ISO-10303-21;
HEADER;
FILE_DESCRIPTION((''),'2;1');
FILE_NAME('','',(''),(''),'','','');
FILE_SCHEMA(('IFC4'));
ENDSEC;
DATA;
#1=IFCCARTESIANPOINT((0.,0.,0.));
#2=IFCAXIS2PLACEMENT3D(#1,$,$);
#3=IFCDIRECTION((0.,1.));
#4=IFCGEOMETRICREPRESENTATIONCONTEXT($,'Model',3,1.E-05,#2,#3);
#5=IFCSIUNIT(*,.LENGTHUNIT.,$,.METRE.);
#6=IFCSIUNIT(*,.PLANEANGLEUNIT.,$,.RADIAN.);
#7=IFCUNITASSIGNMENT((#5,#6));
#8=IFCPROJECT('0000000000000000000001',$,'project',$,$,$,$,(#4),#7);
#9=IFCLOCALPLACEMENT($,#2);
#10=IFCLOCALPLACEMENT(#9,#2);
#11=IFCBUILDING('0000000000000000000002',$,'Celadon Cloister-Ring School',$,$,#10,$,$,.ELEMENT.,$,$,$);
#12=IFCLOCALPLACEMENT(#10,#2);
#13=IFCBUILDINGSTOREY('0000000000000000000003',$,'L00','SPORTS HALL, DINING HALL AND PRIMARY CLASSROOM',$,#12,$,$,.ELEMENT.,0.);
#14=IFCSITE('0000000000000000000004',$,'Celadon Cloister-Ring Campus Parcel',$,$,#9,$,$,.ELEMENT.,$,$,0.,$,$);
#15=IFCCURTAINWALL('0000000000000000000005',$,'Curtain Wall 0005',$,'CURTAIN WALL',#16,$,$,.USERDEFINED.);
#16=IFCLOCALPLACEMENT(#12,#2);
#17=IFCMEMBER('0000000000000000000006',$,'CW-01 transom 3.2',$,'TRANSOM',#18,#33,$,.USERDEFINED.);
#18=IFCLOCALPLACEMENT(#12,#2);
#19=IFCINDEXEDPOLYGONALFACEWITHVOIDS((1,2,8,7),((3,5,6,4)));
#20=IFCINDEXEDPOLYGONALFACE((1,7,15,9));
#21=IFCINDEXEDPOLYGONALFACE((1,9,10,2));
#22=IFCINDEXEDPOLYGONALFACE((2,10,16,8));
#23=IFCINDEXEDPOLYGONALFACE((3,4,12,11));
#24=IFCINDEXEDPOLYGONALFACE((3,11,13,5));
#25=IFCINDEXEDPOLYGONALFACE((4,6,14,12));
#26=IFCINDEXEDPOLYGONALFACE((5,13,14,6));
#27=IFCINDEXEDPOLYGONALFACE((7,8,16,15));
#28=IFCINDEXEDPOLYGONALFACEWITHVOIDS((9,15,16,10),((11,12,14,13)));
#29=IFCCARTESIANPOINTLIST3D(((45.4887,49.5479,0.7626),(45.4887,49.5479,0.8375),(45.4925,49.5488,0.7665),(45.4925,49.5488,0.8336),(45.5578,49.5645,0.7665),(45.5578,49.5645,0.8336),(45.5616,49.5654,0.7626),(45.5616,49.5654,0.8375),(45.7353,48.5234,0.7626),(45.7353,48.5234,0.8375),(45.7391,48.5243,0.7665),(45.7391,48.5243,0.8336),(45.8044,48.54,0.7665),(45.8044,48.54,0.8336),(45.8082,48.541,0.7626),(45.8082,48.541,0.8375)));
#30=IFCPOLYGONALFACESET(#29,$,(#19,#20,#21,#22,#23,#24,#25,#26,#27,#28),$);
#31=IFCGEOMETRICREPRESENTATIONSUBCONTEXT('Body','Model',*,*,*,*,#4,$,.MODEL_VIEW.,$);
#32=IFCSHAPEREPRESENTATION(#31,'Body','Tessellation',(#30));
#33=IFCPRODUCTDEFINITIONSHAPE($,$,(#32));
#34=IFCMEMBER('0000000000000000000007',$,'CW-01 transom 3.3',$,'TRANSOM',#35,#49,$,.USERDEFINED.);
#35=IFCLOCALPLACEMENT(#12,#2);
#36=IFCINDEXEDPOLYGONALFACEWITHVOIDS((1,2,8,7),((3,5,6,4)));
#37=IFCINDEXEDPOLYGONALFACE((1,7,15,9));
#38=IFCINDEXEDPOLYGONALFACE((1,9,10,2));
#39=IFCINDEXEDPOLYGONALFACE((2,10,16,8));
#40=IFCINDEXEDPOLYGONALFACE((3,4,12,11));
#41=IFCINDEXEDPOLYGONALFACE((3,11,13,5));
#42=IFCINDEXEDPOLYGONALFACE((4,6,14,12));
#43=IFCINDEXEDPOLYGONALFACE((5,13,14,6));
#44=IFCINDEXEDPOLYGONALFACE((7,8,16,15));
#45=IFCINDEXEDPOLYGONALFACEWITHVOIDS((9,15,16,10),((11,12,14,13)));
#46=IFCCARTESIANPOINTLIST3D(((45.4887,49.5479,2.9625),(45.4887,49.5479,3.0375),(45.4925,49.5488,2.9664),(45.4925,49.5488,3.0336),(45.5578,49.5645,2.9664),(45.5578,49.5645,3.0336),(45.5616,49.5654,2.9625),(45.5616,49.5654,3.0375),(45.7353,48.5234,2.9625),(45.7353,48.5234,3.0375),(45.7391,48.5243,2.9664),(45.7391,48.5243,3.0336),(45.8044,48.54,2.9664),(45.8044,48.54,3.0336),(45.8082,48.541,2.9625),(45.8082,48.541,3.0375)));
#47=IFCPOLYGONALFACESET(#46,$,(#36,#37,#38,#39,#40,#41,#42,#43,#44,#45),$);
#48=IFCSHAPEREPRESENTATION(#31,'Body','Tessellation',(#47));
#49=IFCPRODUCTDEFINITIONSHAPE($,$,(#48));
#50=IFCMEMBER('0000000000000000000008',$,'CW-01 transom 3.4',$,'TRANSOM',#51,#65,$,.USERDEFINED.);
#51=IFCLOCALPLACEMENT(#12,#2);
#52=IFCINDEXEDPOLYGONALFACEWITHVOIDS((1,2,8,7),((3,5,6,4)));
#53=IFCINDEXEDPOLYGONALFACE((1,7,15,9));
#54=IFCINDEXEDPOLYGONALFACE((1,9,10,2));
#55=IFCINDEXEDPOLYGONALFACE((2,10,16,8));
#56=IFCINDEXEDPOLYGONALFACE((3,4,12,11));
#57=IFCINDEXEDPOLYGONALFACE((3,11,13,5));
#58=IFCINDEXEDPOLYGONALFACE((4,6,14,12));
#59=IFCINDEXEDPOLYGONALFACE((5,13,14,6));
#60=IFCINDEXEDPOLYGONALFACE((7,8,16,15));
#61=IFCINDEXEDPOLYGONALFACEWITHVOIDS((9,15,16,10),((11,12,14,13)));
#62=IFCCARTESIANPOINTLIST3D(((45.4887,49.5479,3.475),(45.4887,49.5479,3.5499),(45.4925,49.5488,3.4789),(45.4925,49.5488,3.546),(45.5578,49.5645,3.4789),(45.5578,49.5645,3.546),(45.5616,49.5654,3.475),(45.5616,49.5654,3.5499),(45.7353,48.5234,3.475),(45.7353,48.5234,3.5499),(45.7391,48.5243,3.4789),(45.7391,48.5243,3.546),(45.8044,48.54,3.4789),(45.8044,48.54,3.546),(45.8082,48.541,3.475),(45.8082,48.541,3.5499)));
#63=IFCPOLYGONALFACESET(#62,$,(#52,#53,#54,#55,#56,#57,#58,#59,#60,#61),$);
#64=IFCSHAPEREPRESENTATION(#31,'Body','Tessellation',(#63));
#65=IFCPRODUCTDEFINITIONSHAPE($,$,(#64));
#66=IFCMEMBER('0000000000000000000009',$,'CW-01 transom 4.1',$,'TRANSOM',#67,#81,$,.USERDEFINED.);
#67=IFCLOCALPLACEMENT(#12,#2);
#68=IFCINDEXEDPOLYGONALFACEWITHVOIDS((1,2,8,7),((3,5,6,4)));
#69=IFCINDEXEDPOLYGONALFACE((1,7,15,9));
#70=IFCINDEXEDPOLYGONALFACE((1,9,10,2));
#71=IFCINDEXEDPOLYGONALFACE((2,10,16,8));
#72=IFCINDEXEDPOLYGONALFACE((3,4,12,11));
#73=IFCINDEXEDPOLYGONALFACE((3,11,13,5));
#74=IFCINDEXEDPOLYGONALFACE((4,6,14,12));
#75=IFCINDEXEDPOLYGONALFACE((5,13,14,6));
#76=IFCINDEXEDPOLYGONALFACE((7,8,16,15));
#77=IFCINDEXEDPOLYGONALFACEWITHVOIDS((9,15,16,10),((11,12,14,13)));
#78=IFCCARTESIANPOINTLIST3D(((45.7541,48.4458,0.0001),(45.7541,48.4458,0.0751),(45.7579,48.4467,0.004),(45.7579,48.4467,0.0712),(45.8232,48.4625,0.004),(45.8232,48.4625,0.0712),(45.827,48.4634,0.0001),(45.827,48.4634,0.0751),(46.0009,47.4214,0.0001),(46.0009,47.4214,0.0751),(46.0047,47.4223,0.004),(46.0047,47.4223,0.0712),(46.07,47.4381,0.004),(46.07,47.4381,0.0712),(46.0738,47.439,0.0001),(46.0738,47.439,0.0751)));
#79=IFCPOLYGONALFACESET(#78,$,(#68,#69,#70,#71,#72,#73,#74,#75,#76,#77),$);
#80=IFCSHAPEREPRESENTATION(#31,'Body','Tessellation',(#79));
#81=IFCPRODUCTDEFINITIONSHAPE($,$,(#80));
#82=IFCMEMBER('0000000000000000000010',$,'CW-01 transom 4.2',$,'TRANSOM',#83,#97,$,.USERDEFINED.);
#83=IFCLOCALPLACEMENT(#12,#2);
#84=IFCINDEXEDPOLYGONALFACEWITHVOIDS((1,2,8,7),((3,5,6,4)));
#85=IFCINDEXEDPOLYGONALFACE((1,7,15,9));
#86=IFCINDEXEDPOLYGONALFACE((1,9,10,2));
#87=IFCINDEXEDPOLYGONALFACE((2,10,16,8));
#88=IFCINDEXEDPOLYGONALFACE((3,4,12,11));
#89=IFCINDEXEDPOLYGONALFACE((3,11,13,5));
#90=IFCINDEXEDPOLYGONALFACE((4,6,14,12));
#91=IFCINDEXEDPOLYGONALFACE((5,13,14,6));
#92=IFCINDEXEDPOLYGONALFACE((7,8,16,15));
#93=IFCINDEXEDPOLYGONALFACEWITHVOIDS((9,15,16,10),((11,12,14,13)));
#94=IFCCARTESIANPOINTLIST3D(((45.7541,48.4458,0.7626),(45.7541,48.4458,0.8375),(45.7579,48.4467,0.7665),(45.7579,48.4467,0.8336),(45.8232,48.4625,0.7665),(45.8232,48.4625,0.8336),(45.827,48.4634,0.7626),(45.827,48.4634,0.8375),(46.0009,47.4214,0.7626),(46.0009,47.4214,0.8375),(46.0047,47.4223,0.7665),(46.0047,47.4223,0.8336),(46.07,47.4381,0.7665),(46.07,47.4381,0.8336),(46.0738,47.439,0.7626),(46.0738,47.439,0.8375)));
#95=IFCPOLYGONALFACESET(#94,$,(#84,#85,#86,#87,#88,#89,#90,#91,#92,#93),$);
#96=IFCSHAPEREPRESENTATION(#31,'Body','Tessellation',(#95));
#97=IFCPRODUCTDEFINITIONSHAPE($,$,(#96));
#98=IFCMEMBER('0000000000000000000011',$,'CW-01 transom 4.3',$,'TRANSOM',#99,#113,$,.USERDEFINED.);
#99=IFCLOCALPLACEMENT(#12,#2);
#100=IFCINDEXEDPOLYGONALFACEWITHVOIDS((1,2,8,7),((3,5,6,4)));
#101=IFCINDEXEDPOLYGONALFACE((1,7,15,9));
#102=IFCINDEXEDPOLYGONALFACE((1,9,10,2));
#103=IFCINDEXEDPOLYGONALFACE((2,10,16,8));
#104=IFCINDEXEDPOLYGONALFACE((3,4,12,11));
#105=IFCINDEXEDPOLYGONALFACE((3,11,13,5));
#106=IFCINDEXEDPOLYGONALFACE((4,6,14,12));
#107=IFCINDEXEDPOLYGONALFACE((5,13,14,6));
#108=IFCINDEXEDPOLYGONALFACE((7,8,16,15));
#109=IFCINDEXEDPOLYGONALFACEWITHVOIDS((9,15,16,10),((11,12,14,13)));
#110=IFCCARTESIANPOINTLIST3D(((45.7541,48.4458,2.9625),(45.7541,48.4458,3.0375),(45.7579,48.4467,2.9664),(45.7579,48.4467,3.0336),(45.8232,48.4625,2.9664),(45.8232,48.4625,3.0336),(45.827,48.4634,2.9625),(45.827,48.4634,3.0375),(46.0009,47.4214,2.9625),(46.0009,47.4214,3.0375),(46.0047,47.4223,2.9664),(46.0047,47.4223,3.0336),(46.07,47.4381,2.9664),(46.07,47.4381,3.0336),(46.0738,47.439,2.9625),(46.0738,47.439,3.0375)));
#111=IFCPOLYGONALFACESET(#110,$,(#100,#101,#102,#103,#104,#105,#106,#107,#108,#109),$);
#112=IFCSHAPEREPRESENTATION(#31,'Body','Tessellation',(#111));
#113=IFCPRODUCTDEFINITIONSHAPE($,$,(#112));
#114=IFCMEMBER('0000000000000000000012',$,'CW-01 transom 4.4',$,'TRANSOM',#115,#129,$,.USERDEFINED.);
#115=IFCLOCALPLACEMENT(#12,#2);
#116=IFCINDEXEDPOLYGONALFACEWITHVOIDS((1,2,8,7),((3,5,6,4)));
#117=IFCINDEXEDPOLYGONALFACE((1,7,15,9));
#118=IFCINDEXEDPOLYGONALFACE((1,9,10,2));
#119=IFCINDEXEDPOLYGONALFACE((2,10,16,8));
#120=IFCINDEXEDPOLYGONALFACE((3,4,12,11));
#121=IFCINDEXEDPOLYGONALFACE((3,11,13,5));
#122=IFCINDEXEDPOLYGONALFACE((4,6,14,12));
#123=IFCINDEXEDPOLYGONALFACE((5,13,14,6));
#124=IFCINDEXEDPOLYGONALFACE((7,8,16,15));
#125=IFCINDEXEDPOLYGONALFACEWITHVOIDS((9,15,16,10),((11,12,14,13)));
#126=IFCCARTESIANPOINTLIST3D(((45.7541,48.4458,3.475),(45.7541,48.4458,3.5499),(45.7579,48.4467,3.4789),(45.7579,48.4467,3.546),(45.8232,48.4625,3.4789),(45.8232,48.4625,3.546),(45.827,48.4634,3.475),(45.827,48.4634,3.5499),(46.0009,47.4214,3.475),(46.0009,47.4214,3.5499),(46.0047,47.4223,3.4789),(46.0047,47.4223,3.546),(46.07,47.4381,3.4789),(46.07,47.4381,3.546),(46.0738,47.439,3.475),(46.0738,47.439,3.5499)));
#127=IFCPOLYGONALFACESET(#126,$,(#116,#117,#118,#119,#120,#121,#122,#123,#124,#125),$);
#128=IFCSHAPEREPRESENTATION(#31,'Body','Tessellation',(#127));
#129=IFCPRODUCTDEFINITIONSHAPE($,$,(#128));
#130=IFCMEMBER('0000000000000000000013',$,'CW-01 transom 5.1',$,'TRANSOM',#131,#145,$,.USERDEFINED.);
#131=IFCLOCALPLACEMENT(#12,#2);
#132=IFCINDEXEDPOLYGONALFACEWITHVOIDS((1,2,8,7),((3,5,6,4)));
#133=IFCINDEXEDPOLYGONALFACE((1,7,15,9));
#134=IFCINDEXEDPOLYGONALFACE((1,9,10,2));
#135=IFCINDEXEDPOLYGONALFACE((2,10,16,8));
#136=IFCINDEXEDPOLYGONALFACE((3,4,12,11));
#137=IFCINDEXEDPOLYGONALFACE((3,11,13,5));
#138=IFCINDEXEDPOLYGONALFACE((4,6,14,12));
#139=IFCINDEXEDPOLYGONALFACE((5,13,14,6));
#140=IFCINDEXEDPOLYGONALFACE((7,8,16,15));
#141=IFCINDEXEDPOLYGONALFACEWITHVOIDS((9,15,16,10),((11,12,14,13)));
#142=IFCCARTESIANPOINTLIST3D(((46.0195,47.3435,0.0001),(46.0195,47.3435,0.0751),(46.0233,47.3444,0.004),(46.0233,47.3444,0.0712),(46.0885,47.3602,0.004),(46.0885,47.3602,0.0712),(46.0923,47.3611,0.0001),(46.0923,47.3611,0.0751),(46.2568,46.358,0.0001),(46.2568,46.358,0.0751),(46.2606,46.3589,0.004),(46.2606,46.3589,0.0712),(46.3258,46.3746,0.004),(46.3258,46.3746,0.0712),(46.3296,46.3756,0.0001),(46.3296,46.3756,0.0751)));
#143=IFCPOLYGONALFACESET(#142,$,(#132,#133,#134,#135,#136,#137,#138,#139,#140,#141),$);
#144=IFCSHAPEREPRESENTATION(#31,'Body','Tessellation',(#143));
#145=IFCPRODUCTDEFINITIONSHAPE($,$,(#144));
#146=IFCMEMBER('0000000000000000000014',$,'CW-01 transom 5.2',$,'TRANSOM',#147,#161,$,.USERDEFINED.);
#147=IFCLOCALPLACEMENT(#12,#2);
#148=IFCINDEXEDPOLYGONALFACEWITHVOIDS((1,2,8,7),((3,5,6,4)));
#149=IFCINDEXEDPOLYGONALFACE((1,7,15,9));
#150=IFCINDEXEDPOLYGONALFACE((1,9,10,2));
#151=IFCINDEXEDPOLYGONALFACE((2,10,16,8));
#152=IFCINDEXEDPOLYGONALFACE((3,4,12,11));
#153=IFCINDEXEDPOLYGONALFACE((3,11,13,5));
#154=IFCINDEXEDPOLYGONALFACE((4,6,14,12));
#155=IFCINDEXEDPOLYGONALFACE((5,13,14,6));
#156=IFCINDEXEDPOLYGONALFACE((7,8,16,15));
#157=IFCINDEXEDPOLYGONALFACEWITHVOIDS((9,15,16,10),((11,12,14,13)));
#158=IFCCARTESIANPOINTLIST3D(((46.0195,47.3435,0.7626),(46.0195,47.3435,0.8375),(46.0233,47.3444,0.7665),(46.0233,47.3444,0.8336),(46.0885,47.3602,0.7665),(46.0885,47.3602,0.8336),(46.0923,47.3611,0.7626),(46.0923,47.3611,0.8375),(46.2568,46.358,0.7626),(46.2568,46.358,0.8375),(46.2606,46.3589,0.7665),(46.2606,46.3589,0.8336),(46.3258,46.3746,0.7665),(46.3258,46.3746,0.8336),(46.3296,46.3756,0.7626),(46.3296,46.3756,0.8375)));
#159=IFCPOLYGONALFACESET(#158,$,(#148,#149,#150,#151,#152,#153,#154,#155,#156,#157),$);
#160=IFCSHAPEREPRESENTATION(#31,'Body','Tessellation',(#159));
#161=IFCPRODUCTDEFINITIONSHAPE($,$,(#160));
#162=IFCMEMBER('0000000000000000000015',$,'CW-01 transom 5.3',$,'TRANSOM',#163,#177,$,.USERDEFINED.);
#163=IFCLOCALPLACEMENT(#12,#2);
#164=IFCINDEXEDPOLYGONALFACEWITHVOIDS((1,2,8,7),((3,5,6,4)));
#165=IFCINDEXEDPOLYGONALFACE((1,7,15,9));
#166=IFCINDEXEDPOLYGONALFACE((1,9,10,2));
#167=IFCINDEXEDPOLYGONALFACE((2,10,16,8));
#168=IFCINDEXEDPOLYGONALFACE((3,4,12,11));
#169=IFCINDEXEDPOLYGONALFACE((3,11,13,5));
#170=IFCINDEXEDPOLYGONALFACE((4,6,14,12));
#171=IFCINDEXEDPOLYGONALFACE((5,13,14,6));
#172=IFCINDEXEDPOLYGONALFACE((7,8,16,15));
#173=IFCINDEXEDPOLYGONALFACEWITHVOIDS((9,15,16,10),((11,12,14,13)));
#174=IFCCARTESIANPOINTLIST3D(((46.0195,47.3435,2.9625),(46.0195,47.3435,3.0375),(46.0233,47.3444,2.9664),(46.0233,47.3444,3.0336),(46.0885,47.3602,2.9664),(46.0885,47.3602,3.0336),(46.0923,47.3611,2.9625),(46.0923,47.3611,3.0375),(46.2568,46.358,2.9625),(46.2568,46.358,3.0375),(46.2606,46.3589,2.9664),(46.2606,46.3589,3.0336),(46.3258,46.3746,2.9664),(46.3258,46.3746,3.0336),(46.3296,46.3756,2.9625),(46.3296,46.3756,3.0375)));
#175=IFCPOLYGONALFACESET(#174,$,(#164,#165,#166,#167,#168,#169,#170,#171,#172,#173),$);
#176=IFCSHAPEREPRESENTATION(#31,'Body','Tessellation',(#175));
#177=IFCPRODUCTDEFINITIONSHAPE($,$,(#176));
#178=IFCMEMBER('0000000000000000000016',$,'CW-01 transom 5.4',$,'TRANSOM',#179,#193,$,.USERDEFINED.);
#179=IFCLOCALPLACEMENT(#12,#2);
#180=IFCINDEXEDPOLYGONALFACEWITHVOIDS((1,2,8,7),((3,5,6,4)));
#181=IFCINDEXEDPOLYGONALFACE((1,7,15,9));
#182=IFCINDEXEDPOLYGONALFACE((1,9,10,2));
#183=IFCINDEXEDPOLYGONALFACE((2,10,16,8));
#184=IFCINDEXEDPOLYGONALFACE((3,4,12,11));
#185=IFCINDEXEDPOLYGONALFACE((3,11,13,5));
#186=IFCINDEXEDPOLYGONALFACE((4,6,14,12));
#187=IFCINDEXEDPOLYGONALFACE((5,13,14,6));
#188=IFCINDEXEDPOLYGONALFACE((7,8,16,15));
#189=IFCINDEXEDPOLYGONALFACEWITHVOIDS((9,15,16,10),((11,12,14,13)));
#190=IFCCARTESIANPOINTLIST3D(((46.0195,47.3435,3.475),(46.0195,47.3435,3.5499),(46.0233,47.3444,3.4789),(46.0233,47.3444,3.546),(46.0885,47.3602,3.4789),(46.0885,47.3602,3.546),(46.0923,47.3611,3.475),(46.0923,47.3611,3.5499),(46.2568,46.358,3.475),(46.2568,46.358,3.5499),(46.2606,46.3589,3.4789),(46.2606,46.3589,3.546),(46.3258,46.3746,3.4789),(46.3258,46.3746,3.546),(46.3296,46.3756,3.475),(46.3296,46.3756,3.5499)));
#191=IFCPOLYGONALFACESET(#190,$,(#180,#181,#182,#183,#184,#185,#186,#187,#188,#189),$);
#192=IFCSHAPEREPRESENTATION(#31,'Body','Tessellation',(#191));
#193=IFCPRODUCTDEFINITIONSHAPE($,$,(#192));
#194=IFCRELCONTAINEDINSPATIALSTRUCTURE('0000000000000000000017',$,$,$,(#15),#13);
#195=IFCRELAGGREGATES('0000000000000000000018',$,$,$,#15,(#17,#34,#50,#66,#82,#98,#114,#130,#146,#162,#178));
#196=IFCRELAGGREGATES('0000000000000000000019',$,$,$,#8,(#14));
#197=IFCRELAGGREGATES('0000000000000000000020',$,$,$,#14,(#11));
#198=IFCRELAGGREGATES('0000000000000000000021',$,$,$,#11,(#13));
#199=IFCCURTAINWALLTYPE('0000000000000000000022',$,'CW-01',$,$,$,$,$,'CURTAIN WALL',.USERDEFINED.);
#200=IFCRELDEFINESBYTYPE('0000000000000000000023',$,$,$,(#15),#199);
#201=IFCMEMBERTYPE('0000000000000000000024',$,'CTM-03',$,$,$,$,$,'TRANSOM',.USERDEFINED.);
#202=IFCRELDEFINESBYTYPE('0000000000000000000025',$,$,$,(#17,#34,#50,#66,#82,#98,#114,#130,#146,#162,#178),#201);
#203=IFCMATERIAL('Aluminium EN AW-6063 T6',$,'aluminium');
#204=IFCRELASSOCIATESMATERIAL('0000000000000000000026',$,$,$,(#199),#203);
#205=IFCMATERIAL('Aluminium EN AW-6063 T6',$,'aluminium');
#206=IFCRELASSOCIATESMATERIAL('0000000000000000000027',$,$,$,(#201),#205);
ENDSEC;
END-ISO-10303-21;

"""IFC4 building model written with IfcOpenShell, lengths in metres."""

from ifc_helpers import new_model, si_unit, direction, frame, origin, origin_2d, place, context, subcontext, project, spatial, hollow_rectangle, extrude, material, material_profile, profile_set, type_object, element, aggregate, save


model = new_model("IFC4")

# Units and contexts
model_context = context("Model", 3, precision=1e-05, world=origin(), true_north=direction((0.0, 1.0)))
body_context = subcontext(model_context, "Body", "Model", "MODEL_VIEW")
ifc_project = project(units=[si_unit("LENGTHUNIT", "METRE"), si_unit("PLANEANGLEUNIT", "RADIAN")], contexts=[model_context])

# Site, building, storey
site_placement = place(None, origin())
site = spatial("IfcSite", under=ifc_project, at=site_placement, Name="Celadon Cloister-Ring Campus Parcel", CompositionType="ELEMENT", RefElevation=0.0)
building_placement = place(site_placement, origin())
building = spatial("IfcBuilding", under=site, at=building_placement, Name="Celadon Cloister-Ring School", CompositionType="ELEMENT")
storey_placement = place(building_placement, origin())
storey = spatial("IfcBuildingStorey", under=building, at=storey_placement, Name="L00", Description="SPORTS HALL, DINING HALL AND PRIMARY CLASSROOM", CompositionType="ELEMENT", Elevation=0.0)

# Curtain wall, members
ifc_material_1 = material(Name="Aluminium EN AW-6063 T6", Category="aluminium")
curtain_wall_type = type_object("IfcCurtainWallType", Name="CW-01", ElementType="CURTAIN WALL", PredefinedType="USERDEFINED", material=ifc_material_1)
curtain_wall_placement = place(storey_placement, origin())
curtain_wall = element("IfcCurtainWall", 1, at=curtain_wall_placement, inside=storey, type_object=curtain_wall_type, Name="Curtain Wall 0005", ObjectType="CURTAIN WALL", PredefinedType="USERDEFINED")
ifc_material_2 = material(Name="Aluminium EN AW-6063 T6", Category="aluminium")
ifc_material_profile_1 = material_profile(ifc_material_2, hollow_rectangle(XDim=0.075, YDim=0.075, WallThickness=0.0039, at=origin_2d()), Name="RHS75X75X4")
ifc_profile_set_1 = profile_set([ifc_material_profile_1], Name="Aluminium EN AW-6063 T6")
member_type_1 = type_object("IfcMemberType", Name="CTM-03", ElementType="TRANSOM", PredefinedType="USERDEFINED", material=ifc_profile_set_1)
member_1_placement = place(storey_placement, frame((45.5251, 49.5566, 0.8), z_axis=(0.234021, -0.972231, 0.0), x_axis=(0.972231, 0.234021, 0.0)))
member_1 = element("IfcMember", 2, at=member_1_placement, type_object=member_type_1, Name="CW-01 transom 3.2", ObjectType="TRANSOM", PredefinedType="USERDEFINED", context=body_context, shape_type="SweptSolid", body=[
    extrude(hollow_rectangle(XDim=0.075, YDim=0.075, WallThickness=0.0039, at=origin_2d()), origin(), (0.0, 0.0, 1.0), 1.0537),
])
member_2_placement = place(storey_placement, frame((45.5251, 49.5566, 3.0), z_axis=(0.234021, -0.972231, 0.0), x_axis=(0.972231, 0.234021, 0.0)))
member_2 = element("IfcMember", 3, at=member_2_placement, type_object=member_type_1, Name="CW-01 transom 3.3", ObjectType="TRANSOM", PredefinedType="USERDEFINED", context=body_context, shape_type="SweptSolid", body=[
    extrude(hollow_rectangle(XDim=0.075, YDim=0.075, WallThickness=0.0039, at=origin_2d()), origin(), (0.0, 0.0, 1.0), 1.0537),
])
member_3_placement = place(storey_placement, frame((45.5251, 49.5566, 3.5125), z_axis=(0.234021, -0.972231, 0.0), x_axis=(0.972231, 0.234021, 0.0)))
member_3 = element("IfcMember", 4, at=member_3_placement, type_object=member_type_1, Name="CW-01 transom 3.4", ObjectType="TRANSOM", PredefinedType="USERDEFINED", context=body_context, shape_type="SweptSolid", body=[
    extrude(hollow_rectangle(XDim=0.075, YDim=0.075, WallThickness=0.0039, at=origin_2d()), origin(), (0.0, 0.0, 1.0), 1.0537),
])
member_4_placement = place(storey_placement, frame((45.7905, 48.4546, 0.0376), z_axis=(0.23424, -0.972179, 0.0), x_axis=(0.972179, 0.23424, 0.0)))
member_4 = element("IfcMember", 5, at=member_4_placement, type_object=member_type_1, Name="CW-01 transom 4.1", ObjectType="TRANSOM", PredefinedType="USERDEFINED", context=body_context, shape_type="SweptSolid", body=[
    extrude(hollow_rectangle(XDim=0.075, YDim=0.075, WallThickness=0.0039, at=origin_2d()), origin(), (0.0, 0.0, 1.0), 1.0537),
])
member_5_placement = place(storey_placement, frame((45.7905, 48.4546, 0.8), z_axis=(0.23424, -0.972179, 0.0), x_axis=(0.972179, 0.23424, 0.0)))
member_5 = element("IfcMember", 6, at=member_5_placement, type_object=member_type_1, Name="CW-01 transom 4.2", ObjectType="TRANSOM", PredefinedType="USERDEFINED", context=body_context, shape_type="SweptSolid", body=[
    extrude(hollow_rectangle(XDim=0.075, YDim=0.075, WallThickness=0.0039, at=origin_2d()), origin(), (0.0, 0.0, 1.0), 1.0537),
])
member_6_placement = place(storey_placement, frame((45.7905, 48.4546, 3.0), z_axis=(0.23424, -0.972179, 0.0), x_axis=(0.972179, 0.23424, 0.0)))
member_6 = element("IfcMember", 7, at=member_6_placement, type_object=member_type_1, Name="CW-01 transom 4.3", ObjectType="TRANSOM", PredefinedType="USERDEFINED", context=body_context, shape_type="SweptSolid", body=[
    extrude(hollow_rectangle(XDim=0.075, YDim=0.075, WallThickness=0.0039, at=origin_2d()), origin(), (0.0, 0.0, 1.0), 1.0537),
])
member_7_placement = place(storey_placement, frame((45.7905, 48.4546, 3.5125), z_axis=(0.23424, -0.972179, 0.0), x_axis=(0.972179, 0.23424, 0.0)))
member_7 = element("IfcMember", 8, at=member_7_placement, type_object=member_type_1, Name="CW-01 transom 4.4", ObjectType="TRANSOM", PredefinedType="USERDEFINED", context=body_context, shape_type="SweptSolid", body=[
    extrude(hollow_rectangle(XDim=0.075, YDim=0.075, WallThickness=0.0039, at=origin_2d()), origin(), (0.0, 0.0, 1.0), 1.0537),
])
member_8_placement = place(storey_placement, frame((46.0559, 47.3523, 0.0376), z_axis=(0.234083, -0.972217, 0.0), x_axis=(0.972217, 0.234083, 0.0)))
member_8 = element("IfcMember", 9, at=member_8_placement, type_object=member_type_1, Name="CW-01 transom 5.1", ObjectType="TRANSOM", PredefinedType="USERDEFINED", context=body_context, shape_type="SweptSolid", body=[
    extrude(hollow_rectangle(XDim=0.075, YDim=0.075, WallThickness=0.0039, at=origin_2d()), origin(), (0.0, 0.0, 1.0), 1.0137),
])
member_9_placement = place(storey_placement, frame((46.0559, 47.3523, 0.8), z_axis=(0.234083, -0.972217, 0.0), x_axis=(0.972217, 0.234083, 0.0)))
member_9 = element("IfcMember", 10, at=member_9_placement, type_object=member_type_1, Name="CW-01 transom 5.2", ObjectType="TRANSOM", PredefinedType="USERDEFINED", context=body_context, shape_type="SweptSolid", body=[
    extrude(hollow_rectangle(XDim=0.075, YDim=0.075, WallThickness=0.0039, at=origin_2d()), origin(), (0.0, 0.0, 1.0), 1.0137),
])
member_10_placement = place(storey_placement, frame((46.0559, 47.3523, 3.0), z_axis=(0.234083, -0.972217, 0.0), x_axis=(0.972217, 0.234083, 0.0)))
member_10 = element("IfcMember", 11, at=member_10_placement, type_object=member_type_1, Name="CW-01 transom 5.3", ObjectType="TRANSOM", PredefinedType="USERDEFINED", context=body_context, shape_type="SweptSolid", body=[
    extrude(hollow_rectangle(XDim=0.075, YDim=0.075, WallThickness=0.0039, at=origin_2d()), origin(), (0.0, 0.0, 1.0), 1.0137),
])
member_11_placement = place(storey_placement, frame((46.0559, 47.3523, 3.5125), z_axis=(0.234083, -0.972217, 0.0), x_axis=(0.972217, 0.234083, 0.0)))
member_11 = element("IfcMember", 12, at=member_11_placement, type_object=member_type_1, Name="CW-01 transom 5.4", ObjectType="TRANSOM", PredefinedType="USERDEFINED", context=body_context, shape_type="SweptSolid", body=[
    extrude(hollow_rectangle(XDim=0.075, YDim=0.075, WallThickness=0.0039, at=origin_2d()), origin(), (0.0, 0.0, 1.0), 1.0137),
])

aggregate(curtain_wall, [member_1, member_2, member_3, member_4, member_5, member_6, member_7, member_8, member_9, member_10, member_11])

save(model, "model.ifc")
